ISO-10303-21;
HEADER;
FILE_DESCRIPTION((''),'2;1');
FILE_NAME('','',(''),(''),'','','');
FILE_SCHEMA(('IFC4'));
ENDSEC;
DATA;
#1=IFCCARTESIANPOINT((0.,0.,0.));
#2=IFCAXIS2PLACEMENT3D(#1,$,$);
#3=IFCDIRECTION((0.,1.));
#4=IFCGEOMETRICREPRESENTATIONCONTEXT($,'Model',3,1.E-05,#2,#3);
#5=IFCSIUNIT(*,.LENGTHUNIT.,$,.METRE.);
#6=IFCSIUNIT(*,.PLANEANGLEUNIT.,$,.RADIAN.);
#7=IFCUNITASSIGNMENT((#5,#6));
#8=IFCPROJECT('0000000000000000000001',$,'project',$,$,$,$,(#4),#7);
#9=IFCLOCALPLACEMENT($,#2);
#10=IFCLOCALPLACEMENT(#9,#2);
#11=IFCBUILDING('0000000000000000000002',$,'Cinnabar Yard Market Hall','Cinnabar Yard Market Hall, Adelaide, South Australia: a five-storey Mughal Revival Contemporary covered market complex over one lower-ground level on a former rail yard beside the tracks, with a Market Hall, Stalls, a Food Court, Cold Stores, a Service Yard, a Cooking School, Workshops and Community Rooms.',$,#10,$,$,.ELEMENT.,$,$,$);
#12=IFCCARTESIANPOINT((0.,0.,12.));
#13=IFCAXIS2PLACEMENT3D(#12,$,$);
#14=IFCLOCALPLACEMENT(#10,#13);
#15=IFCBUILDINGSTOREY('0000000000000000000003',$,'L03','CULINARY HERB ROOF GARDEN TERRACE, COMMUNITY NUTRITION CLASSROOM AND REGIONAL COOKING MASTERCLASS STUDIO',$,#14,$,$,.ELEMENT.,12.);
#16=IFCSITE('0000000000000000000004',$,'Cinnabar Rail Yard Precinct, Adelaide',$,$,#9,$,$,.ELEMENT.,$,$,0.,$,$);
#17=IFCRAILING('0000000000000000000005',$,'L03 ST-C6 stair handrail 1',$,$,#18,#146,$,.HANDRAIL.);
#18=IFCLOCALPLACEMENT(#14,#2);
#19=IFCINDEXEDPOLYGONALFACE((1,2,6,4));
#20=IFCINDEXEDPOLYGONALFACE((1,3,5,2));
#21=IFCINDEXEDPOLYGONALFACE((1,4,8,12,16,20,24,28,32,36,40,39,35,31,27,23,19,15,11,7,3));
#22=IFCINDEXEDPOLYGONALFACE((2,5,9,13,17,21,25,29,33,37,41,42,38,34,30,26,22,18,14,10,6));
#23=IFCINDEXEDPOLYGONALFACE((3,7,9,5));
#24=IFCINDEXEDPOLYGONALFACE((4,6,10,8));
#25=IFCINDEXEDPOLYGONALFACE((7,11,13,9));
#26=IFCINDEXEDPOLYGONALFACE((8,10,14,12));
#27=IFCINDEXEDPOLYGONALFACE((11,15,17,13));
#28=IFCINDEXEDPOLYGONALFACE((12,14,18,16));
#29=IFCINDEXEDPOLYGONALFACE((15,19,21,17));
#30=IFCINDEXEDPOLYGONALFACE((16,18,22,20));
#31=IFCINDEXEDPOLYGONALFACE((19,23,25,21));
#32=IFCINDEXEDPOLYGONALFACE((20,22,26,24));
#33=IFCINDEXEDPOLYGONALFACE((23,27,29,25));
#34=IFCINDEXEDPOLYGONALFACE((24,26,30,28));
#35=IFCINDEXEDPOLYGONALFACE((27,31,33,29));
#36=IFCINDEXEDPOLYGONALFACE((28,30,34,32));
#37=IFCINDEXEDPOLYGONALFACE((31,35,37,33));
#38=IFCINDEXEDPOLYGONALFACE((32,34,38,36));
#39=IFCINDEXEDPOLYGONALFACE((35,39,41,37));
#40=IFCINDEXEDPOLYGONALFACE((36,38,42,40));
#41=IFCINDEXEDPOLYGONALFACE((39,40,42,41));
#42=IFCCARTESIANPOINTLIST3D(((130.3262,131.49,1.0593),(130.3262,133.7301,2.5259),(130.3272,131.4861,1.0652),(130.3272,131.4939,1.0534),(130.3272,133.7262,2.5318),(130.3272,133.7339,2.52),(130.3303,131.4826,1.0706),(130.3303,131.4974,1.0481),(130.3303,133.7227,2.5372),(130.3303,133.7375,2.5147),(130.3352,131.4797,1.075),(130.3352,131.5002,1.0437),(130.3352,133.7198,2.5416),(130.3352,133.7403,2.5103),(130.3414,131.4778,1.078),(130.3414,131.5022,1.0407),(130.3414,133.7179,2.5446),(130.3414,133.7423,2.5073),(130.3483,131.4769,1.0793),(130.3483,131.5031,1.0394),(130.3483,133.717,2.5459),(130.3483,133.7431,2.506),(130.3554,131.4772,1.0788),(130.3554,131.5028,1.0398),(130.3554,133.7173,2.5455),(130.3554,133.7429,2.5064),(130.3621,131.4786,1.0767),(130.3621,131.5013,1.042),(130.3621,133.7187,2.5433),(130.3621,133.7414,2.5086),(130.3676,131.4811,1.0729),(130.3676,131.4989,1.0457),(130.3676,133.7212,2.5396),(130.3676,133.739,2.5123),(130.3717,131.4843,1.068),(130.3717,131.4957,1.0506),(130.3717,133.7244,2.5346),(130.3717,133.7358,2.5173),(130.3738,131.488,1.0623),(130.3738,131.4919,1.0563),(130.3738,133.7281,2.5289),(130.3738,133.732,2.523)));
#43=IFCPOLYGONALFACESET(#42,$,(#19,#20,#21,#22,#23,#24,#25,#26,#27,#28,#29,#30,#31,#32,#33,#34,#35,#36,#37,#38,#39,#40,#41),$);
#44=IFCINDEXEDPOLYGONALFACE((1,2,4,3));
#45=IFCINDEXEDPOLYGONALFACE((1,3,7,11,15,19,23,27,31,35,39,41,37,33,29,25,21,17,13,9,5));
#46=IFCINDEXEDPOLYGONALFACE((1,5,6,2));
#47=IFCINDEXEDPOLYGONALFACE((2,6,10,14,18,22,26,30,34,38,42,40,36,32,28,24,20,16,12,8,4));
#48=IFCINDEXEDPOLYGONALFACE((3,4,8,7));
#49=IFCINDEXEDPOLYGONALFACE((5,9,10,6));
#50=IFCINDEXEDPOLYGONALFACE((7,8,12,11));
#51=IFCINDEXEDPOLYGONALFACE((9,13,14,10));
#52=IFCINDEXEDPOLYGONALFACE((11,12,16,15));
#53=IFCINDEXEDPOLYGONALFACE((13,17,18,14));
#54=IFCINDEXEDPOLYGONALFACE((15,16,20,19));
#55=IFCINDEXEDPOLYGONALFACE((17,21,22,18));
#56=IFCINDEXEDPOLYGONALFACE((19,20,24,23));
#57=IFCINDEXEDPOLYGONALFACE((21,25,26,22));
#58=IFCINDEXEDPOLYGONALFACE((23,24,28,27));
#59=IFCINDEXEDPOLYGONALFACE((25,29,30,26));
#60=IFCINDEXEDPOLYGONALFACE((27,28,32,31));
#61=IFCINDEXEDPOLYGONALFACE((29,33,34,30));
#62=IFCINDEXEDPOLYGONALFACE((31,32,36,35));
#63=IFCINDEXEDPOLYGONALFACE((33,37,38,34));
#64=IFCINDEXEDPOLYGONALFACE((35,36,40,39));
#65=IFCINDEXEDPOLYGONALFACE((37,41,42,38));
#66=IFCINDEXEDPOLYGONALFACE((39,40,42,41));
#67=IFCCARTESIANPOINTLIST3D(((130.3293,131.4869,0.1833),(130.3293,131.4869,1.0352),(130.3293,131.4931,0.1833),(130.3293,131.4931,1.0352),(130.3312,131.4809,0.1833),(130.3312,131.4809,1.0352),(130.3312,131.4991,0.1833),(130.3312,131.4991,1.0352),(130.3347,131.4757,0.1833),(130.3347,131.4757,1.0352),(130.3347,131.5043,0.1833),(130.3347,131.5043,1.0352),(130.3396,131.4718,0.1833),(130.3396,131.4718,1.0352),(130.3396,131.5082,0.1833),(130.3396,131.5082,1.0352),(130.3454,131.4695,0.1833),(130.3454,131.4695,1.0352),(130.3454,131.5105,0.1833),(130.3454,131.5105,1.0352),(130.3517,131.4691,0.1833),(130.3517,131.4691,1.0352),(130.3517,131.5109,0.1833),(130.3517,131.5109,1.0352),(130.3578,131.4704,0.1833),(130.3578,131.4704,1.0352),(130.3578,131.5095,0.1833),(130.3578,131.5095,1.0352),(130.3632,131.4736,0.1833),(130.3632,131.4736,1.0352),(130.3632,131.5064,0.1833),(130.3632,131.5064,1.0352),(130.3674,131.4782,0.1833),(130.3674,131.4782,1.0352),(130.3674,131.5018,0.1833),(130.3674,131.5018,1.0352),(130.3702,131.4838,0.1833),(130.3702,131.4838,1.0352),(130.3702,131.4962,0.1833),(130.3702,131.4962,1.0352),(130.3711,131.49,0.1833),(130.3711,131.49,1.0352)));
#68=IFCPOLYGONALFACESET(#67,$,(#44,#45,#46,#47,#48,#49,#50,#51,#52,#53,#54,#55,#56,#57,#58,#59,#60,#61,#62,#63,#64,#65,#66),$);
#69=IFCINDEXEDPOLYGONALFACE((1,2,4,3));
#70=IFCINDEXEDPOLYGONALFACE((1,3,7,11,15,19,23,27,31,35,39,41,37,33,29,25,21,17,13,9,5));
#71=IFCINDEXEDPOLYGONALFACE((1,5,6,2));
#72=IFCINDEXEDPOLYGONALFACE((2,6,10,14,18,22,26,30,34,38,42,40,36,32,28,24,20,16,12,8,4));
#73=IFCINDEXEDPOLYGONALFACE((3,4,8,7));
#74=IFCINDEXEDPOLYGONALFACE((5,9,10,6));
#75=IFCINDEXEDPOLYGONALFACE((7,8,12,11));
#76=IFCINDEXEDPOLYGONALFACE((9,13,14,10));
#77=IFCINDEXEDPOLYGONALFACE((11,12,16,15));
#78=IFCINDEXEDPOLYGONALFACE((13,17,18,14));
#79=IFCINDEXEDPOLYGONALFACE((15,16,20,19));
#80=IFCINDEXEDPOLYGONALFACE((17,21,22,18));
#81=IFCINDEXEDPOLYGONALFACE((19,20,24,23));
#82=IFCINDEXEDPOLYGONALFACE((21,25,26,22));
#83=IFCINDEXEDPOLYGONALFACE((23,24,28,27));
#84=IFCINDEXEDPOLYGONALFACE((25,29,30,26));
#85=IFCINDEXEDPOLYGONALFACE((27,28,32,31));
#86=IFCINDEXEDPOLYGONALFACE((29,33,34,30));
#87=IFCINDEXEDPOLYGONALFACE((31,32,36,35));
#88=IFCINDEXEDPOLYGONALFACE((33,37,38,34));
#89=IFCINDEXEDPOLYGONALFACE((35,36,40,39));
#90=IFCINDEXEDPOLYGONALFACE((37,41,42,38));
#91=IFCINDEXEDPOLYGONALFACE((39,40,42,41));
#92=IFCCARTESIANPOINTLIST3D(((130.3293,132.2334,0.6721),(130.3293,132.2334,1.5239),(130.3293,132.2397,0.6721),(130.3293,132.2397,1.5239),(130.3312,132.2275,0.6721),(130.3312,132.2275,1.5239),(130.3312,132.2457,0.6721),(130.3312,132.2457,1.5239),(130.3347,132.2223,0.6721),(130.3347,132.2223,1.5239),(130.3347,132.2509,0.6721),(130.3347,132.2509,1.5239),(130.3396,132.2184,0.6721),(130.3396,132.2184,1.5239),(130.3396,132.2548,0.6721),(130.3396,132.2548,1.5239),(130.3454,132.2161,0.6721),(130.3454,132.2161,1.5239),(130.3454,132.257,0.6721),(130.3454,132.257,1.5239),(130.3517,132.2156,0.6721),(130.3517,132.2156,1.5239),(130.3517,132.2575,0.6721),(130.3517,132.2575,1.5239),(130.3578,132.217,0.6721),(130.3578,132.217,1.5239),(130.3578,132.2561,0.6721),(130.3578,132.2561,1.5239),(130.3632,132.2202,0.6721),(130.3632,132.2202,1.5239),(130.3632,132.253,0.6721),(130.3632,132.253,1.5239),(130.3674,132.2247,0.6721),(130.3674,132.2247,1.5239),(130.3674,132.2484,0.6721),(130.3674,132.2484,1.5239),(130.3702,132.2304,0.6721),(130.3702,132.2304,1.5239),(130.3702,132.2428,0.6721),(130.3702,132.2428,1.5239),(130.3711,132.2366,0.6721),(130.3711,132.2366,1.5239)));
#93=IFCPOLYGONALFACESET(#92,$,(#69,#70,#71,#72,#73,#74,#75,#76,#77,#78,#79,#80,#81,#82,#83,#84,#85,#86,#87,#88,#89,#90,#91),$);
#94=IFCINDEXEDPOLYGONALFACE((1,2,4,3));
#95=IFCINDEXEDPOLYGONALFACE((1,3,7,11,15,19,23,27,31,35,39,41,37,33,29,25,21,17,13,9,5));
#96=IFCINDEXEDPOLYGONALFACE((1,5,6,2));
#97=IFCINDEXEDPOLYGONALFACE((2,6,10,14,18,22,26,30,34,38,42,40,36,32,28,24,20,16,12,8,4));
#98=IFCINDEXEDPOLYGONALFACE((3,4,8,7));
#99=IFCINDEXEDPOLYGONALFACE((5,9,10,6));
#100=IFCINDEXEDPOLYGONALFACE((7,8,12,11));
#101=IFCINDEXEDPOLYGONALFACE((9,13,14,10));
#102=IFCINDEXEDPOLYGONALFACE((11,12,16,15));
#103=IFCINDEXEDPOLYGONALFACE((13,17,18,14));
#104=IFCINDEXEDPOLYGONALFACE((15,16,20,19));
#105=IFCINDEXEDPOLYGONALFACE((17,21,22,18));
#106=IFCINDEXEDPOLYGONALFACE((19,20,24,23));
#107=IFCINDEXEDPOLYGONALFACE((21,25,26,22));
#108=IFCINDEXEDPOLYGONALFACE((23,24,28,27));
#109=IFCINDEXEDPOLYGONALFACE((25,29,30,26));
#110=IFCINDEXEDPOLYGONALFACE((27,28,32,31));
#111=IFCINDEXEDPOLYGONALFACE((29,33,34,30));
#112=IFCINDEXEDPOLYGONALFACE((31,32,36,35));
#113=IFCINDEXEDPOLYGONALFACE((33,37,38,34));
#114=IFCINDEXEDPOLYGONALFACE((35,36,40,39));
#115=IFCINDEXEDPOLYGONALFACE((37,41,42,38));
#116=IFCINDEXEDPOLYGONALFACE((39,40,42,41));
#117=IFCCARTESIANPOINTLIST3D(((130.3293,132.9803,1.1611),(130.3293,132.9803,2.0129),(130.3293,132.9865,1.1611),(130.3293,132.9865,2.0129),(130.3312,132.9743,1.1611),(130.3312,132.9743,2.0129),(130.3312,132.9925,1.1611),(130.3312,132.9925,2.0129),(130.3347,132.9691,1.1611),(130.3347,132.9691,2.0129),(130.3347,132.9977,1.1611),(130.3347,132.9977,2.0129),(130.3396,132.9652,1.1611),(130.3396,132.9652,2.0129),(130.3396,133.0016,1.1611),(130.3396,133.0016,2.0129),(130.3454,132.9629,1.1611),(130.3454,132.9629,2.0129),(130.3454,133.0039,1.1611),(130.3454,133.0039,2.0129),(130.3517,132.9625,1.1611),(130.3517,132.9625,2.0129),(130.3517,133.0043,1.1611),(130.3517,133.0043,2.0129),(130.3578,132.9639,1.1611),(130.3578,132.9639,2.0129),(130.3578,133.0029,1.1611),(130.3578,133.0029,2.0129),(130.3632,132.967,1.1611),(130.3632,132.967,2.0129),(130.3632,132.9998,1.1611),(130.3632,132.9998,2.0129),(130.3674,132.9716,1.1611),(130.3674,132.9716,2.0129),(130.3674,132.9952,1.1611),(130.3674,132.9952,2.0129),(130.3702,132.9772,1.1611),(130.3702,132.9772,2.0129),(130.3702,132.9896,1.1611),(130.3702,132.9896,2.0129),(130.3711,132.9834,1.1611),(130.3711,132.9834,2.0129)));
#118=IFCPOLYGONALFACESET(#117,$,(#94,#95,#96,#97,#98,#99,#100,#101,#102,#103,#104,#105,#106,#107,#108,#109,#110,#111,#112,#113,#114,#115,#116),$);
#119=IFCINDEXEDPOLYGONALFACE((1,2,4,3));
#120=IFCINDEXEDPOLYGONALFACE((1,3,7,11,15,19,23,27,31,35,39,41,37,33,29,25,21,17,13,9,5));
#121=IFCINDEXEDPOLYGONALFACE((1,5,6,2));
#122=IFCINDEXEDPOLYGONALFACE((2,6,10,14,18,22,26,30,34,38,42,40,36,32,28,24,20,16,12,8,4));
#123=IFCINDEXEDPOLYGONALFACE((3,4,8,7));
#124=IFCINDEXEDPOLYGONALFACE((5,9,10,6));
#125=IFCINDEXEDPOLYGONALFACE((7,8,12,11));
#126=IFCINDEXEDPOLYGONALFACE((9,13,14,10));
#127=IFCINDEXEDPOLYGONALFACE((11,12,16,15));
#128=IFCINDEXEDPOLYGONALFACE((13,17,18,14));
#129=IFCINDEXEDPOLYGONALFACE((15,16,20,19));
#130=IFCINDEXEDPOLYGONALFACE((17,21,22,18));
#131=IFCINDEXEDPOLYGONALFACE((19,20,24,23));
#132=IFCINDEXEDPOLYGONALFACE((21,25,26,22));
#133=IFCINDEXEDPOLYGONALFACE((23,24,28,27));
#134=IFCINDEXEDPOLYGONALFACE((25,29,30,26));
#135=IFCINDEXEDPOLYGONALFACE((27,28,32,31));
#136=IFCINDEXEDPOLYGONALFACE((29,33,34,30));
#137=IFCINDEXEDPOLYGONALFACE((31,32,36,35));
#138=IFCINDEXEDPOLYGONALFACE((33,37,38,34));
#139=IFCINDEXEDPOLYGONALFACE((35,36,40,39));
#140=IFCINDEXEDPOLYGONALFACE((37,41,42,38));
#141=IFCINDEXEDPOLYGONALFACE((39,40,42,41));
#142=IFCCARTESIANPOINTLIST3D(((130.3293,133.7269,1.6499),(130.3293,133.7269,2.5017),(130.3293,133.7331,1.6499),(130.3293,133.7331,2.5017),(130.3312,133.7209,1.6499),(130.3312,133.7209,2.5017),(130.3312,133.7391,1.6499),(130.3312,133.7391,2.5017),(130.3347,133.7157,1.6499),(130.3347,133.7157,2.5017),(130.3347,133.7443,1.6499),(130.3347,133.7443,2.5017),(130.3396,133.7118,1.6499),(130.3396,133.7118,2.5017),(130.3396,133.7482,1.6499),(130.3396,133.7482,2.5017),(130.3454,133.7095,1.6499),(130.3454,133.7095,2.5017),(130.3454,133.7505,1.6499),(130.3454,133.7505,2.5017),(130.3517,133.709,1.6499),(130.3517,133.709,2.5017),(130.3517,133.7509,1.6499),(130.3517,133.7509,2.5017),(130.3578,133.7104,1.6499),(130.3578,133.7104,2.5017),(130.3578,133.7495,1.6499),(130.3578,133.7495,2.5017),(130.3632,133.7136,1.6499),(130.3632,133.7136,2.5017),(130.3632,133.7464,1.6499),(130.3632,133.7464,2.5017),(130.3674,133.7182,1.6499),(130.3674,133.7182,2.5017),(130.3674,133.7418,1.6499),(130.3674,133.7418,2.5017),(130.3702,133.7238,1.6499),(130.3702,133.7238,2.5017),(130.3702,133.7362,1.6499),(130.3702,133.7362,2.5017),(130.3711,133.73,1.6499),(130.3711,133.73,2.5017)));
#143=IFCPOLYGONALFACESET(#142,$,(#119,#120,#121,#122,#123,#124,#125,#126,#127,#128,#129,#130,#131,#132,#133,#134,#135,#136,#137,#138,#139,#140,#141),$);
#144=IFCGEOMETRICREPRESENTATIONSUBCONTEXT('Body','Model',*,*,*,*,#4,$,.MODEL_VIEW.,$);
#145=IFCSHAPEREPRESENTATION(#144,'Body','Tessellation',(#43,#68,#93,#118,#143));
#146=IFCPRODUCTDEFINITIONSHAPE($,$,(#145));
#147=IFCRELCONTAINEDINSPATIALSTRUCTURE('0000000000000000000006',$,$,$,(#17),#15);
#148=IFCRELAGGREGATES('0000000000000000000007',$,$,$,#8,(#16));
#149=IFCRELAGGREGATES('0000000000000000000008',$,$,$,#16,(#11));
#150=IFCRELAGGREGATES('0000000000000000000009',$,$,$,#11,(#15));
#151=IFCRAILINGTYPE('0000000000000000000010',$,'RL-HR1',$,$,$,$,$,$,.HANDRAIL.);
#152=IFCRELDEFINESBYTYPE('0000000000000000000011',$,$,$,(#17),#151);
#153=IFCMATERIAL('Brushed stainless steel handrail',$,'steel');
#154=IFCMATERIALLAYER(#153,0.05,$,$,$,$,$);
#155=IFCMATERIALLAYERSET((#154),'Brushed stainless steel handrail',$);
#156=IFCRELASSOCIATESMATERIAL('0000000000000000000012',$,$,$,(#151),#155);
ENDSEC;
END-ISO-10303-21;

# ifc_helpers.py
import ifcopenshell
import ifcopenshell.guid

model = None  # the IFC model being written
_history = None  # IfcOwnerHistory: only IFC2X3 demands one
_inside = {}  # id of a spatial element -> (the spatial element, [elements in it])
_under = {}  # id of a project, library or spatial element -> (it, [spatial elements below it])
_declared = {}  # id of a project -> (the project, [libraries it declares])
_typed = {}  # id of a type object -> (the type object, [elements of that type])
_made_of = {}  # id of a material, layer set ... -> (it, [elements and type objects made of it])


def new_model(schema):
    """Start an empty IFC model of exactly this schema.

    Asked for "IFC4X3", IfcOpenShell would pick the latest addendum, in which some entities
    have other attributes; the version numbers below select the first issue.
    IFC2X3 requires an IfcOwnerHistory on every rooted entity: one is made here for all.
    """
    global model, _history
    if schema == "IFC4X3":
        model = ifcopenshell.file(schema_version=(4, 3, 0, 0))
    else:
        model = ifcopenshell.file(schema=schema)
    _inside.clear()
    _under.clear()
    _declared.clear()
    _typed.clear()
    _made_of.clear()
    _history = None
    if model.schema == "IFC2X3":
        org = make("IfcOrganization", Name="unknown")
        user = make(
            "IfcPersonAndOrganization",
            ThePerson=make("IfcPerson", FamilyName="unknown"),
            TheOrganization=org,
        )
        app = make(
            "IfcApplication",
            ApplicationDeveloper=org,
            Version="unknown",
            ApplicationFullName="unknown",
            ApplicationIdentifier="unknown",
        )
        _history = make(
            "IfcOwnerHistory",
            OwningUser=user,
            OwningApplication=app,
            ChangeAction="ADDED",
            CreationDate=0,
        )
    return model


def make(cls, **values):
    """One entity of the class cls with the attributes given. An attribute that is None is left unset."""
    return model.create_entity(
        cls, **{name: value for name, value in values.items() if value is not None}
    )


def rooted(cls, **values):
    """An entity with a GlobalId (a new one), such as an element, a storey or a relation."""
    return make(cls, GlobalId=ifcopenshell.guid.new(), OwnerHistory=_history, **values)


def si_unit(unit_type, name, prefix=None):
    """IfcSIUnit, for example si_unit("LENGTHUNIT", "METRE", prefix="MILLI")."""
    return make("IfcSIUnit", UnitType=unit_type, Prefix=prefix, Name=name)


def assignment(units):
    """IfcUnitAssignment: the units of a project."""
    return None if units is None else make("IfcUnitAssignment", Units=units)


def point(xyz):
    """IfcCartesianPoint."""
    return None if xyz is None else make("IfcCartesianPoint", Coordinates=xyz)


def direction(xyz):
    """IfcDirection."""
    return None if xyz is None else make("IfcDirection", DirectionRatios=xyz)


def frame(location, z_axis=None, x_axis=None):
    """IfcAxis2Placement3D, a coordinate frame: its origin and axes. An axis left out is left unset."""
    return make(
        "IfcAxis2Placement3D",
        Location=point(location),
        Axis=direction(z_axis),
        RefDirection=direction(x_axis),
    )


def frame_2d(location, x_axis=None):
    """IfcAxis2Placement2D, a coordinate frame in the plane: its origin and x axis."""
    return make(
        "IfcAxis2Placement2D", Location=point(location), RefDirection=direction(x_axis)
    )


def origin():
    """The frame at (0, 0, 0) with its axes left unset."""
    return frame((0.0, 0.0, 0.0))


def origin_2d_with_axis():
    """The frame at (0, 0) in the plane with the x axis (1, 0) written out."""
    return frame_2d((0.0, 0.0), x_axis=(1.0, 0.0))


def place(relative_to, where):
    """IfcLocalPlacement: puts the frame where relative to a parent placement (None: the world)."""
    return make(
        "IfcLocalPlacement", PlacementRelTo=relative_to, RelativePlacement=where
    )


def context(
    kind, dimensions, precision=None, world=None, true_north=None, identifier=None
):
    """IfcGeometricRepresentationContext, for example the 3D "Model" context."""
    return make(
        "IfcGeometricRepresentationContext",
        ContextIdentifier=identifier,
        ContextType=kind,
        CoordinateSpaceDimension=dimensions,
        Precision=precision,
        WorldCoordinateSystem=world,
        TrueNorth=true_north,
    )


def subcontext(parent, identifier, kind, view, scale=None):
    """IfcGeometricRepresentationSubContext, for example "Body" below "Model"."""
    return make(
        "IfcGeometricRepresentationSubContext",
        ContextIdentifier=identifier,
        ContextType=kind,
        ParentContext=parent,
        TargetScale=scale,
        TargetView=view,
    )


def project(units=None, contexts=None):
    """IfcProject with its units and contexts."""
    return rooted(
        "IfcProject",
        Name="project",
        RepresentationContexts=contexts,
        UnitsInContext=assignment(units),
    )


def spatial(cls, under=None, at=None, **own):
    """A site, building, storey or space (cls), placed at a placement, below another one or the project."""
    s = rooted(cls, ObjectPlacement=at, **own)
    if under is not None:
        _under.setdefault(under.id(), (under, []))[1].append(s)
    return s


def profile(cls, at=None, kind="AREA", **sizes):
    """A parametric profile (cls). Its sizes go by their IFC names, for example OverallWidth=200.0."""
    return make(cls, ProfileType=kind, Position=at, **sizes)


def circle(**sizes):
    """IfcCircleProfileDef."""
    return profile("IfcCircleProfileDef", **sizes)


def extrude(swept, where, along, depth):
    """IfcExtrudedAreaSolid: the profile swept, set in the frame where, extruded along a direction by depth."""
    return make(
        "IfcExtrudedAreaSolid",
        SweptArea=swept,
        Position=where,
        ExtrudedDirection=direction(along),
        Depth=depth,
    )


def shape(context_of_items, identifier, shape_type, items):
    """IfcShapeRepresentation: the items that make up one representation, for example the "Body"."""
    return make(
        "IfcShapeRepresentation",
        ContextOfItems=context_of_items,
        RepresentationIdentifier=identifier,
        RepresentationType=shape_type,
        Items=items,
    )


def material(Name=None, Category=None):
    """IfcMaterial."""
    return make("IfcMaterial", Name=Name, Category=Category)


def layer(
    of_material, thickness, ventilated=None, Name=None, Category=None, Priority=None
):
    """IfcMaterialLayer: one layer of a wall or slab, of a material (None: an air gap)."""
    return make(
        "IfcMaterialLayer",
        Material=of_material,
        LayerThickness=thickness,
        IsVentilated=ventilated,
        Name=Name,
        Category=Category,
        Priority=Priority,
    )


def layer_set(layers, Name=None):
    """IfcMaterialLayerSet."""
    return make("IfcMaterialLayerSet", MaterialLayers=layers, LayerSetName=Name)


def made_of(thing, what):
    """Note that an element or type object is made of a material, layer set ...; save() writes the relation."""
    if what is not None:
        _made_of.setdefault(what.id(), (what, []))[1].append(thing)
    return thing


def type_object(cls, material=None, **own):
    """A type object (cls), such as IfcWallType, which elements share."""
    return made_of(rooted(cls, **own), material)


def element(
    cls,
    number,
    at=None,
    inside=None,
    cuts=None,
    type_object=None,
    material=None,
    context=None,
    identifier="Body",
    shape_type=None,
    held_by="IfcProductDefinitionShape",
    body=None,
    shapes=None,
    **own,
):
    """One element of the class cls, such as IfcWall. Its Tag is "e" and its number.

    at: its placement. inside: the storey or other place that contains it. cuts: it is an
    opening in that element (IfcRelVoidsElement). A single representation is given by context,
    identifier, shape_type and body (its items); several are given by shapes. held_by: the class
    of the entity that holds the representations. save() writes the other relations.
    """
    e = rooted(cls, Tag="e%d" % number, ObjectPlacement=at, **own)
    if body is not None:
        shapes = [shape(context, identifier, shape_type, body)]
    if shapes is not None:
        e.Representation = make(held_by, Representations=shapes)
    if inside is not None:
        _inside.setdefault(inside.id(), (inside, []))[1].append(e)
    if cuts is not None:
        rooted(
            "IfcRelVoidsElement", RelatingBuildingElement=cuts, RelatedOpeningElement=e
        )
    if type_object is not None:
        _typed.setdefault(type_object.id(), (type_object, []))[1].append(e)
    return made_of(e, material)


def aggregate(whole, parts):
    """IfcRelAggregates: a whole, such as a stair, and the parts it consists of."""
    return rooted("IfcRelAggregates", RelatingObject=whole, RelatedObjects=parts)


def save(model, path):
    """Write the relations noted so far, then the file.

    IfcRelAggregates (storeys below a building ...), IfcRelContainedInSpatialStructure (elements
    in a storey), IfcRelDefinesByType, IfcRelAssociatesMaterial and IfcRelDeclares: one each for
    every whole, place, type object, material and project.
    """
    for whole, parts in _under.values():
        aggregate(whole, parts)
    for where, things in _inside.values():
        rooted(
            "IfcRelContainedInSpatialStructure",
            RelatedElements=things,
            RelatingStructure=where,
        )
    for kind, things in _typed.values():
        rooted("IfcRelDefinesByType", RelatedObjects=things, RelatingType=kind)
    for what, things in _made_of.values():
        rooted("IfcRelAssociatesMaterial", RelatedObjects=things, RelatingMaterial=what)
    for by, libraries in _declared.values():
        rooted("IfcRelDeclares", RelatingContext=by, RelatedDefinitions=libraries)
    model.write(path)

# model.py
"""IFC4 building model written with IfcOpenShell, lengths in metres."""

from ifc_helpers import new_model, si_unit, direction, frame, origin, origin_2d_with_axis, place, context, subcontext, project, spatial, circle, extrude, material, layer, layer_set, type_object, element, save


model = new_model("IFC4")

# Units and contexts
model_context = context("Model", 3, precision=1e-05, world=origin(), true_north=direction((0.0, 1.0)))
body_context = subcontext(model_context, "Body", "Model", "MODEL_VIEW")
ifc_project = project(units=[si_unit("LENGTHUNIT", "METRE"), si_unit("PLANEANGLEUNIT", "RADIAN")], contexts=[model_context])

# Site, building, storey
site_placement = place(None, origin())
site = spatial("IfcSite", under=ifc_project, at=site_placement, Name="Cinnabar Rail Yard Precinct, Adelaide", CompositionType="ELEMENT", RefElevation=0.0)
building_placement = place(site_placement, origin())
building = spatial("IfcBuilding", under=site, at=building_placement, Name="Cinnabar Yard Market Hall", Description="Cinnabar Yard Market Hall, Adelaide, South Australia: a five-storey Mughal Revival Contemporary covered market complex over one lower-ground level on a former rail yard beside the tracks, with a Market Hall, Stalls, a Food Court, Cold Stores, a Service Yard, a Cooking School, Workshops and Community Rooms.", CompositionType="ELEMENT")
storey_placement = place(building_placement, frame((0.0, 0.0, 12.0)))
storey = spatial("IfcBuildingStorey", under=building, at=storey_placement, Name="L03", Description="CULINARY HERB ROOF GARDEN TERRACE, COMMUNITY NUTRITION CLASSROOM AND REGIONAL COOKING MASTERCLASS STUDIO", CompositionType="ELEMENT", Elevation=12.0)

# Railing
ifc_material_1 = material(Name="Brushed stainless steel handrail", Category="steel")
ifc_layer_1 = layer(ifc_material_1, 0.05)
ifc_layer_set_1 = layer_set([ifc_layer_1], Name="Brushed stainless steel handrail")
railing_type_1 = type_object("IfcRailingType", Name="RL-HR1", PredefinedType="HANDRAIL", material=ifc_layer_set_1)
railing_1_placement = place(storey_placement, frame((130.3501, 131.49, 0.1833)))
element("IfcRailing", 1, at=railing_1_placement, inside=storey, type_object=railing_type_1, Name="L03 ST-C6 stair handrail 1", PredefinedType="HANDRAIL", context=body_context, shape_type="SweptSolid", body=[
    extrude(circle(Radius=0.0239, at=origin_2d_with_axis()), frame((0.0, 0.0, 0.876), z_axis=(0.0, 0.836637, 0.547758), x_axis=(-1.0, 0.0, 0.0)), (0.0, 0.0, 1.0), 2.6775),
    extrude(circle(Radius=0.021, at=origin_2d_with_axis()), origin(), (0.0, 0.0, 1.0), 0.8518),
    extrude(circle(Radius=0.021, at=origin_2d_with_axis()), frame((0.0, 0.7466, 0.4888)), (0.0, 0.0, 1.0), 0.8518),
    extrude(circle(Radius=0.021, at=origin_2d_with_axis()), frame((0.0, 1.4934, 0.9778)), (0.0, 0.0, 1.0), 0.8518),
    extrude(circle(Radius=0.021, at=origin_2d_with_axis()), frame((0.0, 2.24, 1.4666)), (0.0, 0.0, 1.0), 0.8518),
])

save(model, "model.ifc")
